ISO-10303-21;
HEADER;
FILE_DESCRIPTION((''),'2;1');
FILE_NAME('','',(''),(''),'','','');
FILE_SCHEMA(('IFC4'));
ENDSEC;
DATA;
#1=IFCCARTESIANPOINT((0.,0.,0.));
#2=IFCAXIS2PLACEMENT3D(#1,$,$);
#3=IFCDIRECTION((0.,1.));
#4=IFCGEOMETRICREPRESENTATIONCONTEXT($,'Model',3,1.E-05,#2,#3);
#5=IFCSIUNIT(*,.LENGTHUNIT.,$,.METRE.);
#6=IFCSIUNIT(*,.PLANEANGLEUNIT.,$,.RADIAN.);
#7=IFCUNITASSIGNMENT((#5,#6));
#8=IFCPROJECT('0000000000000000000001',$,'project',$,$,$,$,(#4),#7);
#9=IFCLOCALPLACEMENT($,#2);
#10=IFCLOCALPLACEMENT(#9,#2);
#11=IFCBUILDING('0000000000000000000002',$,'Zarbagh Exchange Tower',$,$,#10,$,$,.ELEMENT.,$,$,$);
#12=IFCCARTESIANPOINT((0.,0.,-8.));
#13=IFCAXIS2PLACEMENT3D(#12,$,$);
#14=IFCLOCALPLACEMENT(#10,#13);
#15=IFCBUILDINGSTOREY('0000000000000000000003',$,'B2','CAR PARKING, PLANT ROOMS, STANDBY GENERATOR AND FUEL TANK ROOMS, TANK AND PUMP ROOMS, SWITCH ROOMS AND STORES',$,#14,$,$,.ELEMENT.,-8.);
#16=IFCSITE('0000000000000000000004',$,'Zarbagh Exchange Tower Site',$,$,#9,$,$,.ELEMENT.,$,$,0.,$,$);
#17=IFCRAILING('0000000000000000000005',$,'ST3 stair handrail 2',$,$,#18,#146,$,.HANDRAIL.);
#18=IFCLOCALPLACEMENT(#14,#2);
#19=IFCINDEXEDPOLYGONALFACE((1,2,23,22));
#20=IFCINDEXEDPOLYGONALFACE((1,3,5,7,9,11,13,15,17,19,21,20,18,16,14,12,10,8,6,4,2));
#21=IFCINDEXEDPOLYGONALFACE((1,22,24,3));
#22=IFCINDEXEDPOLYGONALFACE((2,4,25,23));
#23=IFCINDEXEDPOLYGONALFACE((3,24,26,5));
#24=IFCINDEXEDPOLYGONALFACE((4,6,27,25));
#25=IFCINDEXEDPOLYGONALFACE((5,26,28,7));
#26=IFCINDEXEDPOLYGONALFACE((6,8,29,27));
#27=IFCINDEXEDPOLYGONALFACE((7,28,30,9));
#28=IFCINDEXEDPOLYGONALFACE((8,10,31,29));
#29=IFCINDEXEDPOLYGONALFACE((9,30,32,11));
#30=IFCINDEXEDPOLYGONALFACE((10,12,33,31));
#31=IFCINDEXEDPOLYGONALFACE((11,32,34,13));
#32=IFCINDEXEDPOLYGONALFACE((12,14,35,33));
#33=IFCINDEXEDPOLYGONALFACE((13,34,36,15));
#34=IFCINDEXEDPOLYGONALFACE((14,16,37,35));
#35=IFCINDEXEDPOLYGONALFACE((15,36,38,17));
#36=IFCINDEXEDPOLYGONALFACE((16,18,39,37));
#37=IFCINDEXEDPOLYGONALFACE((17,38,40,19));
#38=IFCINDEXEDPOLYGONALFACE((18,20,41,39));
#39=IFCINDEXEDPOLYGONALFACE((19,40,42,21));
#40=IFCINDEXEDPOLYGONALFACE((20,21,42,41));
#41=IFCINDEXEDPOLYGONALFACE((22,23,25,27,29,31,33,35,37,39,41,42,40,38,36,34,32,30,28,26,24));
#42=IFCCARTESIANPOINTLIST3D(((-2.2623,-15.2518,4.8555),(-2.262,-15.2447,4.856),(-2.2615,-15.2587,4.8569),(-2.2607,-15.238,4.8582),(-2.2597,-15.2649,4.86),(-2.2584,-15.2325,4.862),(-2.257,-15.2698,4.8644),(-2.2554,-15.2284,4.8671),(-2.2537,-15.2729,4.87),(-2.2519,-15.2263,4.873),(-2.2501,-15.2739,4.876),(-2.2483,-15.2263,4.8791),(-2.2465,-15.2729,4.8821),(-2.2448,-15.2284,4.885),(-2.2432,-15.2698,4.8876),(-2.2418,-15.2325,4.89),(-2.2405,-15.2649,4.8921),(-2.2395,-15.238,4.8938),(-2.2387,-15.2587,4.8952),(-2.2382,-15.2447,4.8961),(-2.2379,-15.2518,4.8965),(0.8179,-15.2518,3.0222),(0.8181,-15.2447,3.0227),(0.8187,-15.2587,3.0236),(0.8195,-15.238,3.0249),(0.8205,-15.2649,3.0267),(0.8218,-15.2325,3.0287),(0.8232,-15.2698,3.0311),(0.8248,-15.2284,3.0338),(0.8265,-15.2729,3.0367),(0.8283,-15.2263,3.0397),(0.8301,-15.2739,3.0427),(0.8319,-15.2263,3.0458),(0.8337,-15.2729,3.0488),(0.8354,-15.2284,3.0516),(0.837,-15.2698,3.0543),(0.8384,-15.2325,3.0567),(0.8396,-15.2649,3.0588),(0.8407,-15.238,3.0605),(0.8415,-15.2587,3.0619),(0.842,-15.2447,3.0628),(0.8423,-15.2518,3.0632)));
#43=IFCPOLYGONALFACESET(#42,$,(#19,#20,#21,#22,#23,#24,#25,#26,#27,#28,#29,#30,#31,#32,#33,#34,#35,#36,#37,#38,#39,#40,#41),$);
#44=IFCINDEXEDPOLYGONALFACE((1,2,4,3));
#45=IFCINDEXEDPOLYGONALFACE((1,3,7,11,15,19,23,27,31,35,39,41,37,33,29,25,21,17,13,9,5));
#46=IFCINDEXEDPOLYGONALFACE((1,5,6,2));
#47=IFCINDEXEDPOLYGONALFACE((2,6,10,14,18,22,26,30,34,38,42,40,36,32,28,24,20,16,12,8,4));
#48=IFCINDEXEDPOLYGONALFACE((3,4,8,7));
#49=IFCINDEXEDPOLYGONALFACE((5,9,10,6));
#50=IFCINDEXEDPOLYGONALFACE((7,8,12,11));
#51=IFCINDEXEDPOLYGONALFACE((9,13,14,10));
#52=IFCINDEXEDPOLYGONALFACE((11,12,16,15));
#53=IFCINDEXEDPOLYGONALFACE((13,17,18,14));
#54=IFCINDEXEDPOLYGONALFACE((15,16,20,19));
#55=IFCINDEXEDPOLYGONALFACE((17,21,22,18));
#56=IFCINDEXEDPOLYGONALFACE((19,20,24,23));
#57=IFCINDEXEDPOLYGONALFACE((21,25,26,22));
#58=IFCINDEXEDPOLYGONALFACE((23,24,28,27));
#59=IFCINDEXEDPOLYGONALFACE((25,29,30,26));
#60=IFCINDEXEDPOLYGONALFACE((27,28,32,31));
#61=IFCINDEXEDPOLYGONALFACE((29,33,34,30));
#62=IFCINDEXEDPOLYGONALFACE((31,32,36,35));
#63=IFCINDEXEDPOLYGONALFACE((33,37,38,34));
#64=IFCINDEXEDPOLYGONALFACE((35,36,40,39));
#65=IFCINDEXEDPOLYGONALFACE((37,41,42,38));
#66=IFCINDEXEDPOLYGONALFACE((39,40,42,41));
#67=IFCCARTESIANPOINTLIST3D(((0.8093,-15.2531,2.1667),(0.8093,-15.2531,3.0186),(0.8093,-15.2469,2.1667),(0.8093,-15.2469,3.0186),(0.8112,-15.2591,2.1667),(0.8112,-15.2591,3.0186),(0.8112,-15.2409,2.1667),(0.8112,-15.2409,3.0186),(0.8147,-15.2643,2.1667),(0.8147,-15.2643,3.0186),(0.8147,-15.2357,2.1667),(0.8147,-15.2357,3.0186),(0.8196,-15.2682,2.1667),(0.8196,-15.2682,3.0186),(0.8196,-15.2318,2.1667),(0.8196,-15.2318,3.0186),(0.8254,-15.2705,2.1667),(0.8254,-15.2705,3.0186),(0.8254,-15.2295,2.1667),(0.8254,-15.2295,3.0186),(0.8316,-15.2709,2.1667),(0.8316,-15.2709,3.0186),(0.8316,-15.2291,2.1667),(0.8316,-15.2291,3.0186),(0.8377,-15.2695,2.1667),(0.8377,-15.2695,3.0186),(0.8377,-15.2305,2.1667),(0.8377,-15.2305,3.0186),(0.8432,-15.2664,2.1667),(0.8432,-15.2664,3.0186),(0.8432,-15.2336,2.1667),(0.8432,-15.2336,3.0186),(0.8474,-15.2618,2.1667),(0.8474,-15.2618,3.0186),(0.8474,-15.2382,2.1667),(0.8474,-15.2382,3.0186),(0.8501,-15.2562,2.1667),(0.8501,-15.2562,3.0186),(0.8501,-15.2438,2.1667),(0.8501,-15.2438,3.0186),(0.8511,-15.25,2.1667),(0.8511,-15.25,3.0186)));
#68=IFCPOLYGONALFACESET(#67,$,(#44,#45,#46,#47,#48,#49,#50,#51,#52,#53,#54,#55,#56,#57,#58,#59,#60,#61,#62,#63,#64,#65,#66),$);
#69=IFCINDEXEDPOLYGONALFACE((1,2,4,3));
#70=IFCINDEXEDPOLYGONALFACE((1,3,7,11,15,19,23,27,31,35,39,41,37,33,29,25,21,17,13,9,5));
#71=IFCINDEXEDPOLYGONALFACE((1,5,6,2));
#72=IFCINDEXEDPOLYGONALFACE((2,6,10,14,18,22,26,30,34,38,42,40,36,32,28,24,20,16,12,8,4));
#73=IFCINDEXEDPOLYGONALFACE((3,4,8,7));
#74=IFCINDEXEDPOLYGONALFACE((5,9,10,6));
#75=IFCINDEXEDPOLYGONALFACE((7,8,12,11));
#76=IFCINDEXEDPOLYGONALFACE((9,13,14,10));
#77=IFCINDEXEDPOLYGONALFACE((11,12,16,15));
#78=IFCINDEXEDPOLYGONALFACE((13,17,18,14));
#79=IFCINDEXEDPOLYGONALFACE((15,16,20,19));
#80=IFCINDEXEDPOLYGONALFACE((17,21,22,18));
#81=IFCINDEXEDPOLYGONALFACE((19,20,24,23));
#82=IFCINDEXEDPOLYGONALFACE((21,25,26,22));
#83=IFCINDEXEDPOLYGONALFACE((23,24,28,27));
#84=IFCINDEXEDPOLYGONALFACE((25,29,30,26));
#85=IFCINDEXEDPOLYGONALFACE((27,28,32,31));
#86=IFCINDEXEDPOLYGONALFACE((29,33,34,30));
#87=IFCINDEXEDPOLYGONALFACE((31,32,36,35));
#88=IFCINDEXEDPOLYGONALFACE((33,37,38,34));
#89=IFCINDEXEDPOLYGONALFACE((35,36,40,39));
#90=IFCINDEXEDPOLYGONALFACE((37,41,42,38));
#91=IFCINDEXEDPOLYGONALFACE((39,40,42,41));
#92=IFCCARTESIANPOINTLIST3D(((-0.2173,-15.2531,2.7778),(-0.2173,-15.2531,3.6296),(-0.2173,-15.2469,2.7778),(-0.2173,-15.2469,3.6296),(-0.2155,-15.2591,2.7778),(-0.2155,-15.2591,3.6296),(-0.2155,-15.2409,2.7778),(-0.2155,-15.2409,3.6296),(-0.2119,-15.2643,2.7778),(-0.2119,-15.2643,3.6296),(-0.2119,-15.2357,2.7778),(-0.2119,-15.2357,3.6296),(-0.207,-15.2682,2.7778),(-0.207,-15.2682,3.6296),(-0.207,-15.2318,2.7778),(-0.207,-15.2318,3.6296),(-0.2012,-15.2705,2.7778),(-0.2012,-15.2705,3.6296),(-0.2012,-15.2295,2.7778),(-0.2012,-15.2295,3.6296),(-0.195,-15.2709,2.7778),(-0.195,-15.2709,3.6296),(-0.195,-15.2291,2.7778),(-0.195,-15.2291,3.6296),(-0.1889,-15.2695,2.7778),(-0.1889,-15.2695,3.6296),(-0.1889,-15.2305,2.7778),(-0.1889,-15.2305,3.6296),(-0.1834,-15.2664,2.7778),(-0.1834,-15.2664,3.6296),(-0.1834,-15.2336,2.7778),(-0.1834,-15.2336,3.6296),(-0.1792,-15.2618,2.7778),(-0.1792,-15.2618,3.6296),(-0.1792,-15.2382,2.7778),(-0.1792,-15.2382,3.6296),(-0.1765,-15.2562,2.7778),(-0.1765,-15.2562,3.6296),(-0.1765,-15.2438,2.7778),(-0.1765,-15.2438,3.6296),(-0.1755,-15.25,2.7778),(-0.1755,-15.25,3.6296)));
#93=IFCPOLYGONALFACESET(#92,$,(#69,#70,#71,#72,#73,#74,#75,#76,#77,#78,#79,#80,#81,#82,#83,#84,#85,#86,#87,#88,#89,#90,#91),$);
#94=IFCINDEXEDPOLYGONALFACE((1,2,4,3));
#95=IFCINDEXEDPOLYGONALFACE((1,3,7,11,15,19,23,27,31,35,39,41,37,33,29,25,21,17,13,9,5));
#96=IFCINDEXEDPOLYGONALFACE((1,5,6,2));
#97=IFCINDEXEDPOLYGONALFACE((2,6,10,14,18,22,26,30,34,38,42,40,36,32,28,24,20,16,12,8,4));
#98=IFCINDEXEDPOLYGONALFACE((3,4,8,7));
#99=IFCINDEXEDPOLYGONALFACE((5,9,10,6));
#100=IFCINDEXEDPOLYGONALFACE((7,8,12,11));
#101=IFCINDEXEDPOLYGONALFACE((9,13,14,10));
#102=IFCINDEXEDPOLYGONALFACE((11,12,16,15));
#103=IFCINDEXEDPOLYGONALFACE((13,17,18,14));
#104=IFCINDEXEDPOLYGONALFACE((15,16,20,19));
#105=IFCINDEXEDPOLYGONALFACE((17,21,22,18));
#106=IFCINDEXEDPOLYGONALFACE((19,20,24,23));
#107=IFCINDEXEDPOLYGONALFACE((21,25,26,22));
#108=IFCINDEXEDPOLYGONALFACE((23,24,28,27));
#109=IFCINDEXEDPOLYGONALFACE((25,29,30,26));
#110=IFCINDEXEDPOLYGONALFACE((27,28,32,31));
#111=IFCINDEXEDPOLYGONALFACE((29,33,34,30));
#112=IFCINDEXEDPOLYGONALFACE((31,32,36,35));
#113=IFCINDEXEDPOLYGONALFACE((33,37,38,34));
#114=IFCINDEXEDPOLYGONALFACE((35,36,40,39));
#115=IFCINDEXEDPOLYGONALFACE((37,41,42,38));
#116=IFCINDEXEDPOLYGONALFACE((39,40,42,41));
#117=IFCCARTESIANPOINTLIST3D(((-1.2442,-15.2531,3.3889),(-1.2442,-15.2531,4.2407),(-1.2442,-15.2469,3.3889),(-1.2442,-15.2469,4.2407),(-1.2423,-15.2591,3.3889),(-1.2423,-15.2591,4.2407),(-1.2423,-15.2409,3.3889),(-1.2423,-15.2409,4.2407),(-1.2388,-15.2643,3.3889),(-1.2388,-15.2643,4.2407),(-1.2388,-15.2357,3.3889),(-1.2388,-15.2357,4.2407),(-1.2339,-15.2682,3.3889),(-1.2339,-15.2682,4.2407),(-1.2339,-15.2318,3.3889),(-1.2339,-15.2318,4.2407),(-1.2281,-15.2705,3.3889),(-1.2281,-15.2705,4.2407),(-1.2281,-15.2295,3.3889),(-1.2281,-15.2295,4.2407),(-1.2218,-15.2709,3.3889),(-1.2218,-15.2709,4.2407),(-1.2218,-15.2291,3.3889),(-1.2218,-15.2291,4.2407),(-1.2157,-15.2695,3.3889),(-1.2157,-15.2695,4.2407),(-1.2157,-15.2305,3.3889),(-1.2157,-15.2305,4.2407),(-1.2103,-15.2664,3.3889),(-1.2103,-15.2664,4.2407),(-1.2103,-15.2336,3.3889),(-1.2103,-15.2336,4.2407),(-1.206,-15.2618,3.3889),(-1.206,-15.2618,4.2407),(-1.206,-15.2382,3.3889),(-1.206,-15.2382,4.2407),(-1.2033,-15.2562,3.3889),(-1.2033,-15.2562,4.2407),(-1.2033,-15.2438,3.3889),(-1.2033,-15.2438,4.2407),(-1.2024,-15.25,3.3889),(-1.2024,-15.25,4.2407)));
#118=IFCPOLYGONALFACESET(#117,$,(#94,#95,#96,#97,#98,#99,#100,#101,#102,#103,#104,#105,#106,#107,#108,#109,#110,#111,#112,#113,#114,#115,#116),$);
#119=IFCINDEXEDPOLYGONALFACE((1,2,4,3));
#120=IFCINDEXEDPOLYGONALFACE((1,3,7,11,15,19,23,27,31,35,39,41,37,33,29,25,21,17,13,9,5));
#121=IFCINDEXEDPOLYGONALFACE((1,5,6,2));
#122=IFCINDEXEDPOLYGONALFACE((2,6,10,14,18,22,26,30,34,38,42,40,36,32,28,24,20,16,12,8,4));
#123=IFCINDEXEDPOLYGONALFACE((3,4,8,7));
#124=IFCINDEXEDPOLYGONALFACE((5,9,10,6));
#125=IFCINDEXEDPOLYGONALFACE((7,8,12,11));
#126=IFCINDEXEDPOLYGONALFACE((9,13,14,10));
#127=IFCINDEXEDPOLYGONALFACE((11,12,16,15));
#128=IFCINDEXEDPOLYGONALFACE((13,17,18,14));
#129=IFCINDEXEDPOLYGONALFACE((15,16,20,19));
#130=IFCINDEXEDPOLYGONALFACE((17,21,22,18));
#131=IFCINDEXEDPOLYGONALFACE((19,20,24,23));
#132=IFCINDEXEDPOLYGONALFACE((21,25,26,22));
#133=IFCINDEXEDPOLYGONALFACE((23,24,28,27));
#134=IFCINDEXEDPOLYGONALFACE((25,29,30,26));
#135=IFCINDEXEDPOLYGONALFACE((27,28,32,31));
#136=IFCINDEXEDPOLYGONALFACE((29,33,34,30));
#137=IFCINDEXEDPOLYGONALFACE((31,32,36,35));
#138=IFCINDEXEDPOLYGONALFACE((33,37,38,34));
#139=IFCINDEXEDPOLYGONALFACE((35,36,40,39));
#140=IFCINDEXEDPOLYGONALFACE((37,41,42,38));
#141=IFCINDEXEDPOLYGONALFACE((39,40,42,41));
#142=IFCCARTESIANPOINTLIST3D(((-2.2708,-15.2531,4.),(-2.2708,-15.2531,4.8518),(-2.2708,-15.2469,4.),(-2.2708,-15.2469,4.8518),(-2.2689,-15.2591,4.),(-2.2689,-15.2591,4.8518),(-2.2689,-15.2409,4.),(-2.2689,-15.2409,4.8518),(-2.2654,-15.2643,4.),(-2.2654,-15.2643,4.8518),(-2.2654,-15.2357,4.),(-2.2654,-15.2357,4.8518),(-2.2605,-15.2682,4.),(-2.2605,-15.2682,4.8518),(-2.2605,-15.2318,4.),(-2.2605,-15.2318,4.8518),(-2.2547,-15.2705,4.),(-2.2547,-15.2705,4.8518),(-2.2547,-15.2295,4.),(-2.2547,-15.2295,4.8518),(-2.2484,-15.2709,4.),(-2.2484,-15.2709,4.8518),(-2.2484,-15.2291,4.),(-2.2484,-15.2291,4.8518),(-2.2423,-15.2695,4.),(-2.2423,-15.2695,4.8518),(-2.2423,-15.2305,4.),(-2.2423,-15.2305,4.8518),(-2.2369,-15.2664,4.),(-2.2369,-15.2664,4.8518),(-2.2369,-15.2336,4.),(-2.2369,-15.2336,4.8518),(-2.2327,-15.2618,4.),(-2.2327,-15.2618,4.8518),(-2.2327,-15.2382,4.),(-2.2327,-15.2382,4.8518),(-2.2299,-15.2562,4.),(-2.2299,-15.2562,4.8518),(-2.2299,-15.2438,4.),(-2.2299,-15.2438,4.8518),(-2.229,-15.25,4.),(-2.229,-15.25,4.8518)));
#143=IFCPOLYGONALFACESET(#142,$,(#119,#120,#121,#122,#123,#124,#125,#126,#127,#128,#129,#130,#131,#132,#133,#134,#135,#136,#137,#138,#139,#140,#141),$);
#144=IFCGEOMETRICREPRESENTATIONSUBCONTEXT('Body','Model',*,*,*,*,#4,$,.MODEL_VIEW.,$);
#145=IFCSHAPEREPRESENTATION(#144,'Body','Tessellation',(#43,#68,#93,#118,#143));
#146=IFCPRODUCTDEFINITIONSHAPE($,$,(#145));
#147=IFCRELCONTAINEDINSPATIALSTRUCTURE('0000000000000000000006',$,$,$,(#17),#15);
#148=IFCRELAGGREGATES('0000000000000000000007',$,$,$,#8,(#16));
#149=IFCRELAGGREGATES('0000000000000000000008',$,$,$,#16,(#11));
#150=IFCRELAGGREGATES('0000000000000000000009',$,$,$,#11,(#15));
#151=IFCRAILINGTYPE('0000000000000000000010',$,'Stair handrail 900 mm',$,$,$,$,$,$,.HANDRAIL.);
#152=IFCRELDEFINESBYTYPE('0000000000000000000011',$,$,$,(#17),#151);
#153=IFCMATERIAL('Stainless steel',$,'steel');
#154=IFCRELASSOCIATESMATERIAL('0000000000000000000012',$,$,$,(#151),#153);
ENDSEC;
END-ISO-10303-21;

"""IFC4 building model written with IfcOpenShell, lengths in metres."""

from ifc_helpers import new_model, si_unit, direction, frame, origin, origin_2d, place, context, subcontext, project, spatial, circle, extrude, material, type_object, element, save


model = new_model("IFC4")

# Units and contexts
model_context = context("Model", 3, precision=1e-05, world=origin(), true_north=direction((0.0, 1.0)))
body_context = subcontext(model_context, "Body", "Model", "MODEL_VIEW")
ifc_project = project(units=[si_unit("LENGTHUNIT", "METRE"), si_unit("PLANEANGLEUNIT", "RADIAN")], contexts=[model_context])

# Site, building, storey
site_placement = place(None, origin())
site = spatial("IfcSite", under=ifc_project, at=site_placement, Name="Zarbagh Exchange Tower Site", CompositionType="ELEMENT", RefElevation=0.0)
building_placement = place(site_placement, origin())
building = spatial("IfcBuilding", under=site, at=building_placement, Name="Zarbagh Exchange Tower", CompositionType="ELEMENT")
storey_placement = place(building_placement, frame((0.0, 0.0, -8.0)))
storey = spatial("IfcBuildingStorey", under=building, at=storey_placement, Name="B2", Description="CAR PARKING, PLANT ROOMS, STANDBY GENERATOR AND FUEL TANK ROOMS, TANK AND PUMP ROOMS, SWITCH ROOMS AND STORES", CompositionType="ELEMENT", Elevation=-8.0)

# Railing
ifc_material_1 = material(Name="Stainless steel", Category="steel")
railing_type_1 = type_object("IfcRailingType", Name="Stair handrail 900 mm", PredefinedType="HANDRAIL", material=ifc_material_1)
for number, where, name in (
    (1, (0.8301, -15.25, 2.1667), "ST3 stair handrail 2"),
):
    element("IfcRailing", number, at=place(storey_placement, frame(where)), inside=storey, type_object=railing_type_1, Name=name, PredefinedType="HANDRAIL", context=body_context, shape_type="SweptSolid", body=[
        extrude(circle(Radius=0.0239, at=origin_2d()), frame((0.0, 0.0, 0.876), z_axis=(-0.859309, 0.0, 0.511458), x_axis=(0.0, -1.0, 0.0)), (0.0, 0.0, 1.0), 3.5845),
        extrude(circle(Radius=0.021, at=origin_2d()), origin(), (0.0, 0.0, 1.0), 0.8518),
        extrude(circle(Radius=0.021, at=origin_2d()), frame((-1.0266, 0.0, 0.6111)), (0.0, 0.0, 1.0), 0.8518),
        extrude(circle(Radius=0.021, at=origin_2d()), frame((-2.0535, 0.0, 1.2222)), (0.0, 0.0, 1.0), 0.8518),
        extrude(circle(Radius=0.021, at=origin_2d()), frame((-3.0801, 0.0, 1.8333)), (0.0, 0.0, 1.0), 0.8518),
    ])

save(model, "model.ifc")
